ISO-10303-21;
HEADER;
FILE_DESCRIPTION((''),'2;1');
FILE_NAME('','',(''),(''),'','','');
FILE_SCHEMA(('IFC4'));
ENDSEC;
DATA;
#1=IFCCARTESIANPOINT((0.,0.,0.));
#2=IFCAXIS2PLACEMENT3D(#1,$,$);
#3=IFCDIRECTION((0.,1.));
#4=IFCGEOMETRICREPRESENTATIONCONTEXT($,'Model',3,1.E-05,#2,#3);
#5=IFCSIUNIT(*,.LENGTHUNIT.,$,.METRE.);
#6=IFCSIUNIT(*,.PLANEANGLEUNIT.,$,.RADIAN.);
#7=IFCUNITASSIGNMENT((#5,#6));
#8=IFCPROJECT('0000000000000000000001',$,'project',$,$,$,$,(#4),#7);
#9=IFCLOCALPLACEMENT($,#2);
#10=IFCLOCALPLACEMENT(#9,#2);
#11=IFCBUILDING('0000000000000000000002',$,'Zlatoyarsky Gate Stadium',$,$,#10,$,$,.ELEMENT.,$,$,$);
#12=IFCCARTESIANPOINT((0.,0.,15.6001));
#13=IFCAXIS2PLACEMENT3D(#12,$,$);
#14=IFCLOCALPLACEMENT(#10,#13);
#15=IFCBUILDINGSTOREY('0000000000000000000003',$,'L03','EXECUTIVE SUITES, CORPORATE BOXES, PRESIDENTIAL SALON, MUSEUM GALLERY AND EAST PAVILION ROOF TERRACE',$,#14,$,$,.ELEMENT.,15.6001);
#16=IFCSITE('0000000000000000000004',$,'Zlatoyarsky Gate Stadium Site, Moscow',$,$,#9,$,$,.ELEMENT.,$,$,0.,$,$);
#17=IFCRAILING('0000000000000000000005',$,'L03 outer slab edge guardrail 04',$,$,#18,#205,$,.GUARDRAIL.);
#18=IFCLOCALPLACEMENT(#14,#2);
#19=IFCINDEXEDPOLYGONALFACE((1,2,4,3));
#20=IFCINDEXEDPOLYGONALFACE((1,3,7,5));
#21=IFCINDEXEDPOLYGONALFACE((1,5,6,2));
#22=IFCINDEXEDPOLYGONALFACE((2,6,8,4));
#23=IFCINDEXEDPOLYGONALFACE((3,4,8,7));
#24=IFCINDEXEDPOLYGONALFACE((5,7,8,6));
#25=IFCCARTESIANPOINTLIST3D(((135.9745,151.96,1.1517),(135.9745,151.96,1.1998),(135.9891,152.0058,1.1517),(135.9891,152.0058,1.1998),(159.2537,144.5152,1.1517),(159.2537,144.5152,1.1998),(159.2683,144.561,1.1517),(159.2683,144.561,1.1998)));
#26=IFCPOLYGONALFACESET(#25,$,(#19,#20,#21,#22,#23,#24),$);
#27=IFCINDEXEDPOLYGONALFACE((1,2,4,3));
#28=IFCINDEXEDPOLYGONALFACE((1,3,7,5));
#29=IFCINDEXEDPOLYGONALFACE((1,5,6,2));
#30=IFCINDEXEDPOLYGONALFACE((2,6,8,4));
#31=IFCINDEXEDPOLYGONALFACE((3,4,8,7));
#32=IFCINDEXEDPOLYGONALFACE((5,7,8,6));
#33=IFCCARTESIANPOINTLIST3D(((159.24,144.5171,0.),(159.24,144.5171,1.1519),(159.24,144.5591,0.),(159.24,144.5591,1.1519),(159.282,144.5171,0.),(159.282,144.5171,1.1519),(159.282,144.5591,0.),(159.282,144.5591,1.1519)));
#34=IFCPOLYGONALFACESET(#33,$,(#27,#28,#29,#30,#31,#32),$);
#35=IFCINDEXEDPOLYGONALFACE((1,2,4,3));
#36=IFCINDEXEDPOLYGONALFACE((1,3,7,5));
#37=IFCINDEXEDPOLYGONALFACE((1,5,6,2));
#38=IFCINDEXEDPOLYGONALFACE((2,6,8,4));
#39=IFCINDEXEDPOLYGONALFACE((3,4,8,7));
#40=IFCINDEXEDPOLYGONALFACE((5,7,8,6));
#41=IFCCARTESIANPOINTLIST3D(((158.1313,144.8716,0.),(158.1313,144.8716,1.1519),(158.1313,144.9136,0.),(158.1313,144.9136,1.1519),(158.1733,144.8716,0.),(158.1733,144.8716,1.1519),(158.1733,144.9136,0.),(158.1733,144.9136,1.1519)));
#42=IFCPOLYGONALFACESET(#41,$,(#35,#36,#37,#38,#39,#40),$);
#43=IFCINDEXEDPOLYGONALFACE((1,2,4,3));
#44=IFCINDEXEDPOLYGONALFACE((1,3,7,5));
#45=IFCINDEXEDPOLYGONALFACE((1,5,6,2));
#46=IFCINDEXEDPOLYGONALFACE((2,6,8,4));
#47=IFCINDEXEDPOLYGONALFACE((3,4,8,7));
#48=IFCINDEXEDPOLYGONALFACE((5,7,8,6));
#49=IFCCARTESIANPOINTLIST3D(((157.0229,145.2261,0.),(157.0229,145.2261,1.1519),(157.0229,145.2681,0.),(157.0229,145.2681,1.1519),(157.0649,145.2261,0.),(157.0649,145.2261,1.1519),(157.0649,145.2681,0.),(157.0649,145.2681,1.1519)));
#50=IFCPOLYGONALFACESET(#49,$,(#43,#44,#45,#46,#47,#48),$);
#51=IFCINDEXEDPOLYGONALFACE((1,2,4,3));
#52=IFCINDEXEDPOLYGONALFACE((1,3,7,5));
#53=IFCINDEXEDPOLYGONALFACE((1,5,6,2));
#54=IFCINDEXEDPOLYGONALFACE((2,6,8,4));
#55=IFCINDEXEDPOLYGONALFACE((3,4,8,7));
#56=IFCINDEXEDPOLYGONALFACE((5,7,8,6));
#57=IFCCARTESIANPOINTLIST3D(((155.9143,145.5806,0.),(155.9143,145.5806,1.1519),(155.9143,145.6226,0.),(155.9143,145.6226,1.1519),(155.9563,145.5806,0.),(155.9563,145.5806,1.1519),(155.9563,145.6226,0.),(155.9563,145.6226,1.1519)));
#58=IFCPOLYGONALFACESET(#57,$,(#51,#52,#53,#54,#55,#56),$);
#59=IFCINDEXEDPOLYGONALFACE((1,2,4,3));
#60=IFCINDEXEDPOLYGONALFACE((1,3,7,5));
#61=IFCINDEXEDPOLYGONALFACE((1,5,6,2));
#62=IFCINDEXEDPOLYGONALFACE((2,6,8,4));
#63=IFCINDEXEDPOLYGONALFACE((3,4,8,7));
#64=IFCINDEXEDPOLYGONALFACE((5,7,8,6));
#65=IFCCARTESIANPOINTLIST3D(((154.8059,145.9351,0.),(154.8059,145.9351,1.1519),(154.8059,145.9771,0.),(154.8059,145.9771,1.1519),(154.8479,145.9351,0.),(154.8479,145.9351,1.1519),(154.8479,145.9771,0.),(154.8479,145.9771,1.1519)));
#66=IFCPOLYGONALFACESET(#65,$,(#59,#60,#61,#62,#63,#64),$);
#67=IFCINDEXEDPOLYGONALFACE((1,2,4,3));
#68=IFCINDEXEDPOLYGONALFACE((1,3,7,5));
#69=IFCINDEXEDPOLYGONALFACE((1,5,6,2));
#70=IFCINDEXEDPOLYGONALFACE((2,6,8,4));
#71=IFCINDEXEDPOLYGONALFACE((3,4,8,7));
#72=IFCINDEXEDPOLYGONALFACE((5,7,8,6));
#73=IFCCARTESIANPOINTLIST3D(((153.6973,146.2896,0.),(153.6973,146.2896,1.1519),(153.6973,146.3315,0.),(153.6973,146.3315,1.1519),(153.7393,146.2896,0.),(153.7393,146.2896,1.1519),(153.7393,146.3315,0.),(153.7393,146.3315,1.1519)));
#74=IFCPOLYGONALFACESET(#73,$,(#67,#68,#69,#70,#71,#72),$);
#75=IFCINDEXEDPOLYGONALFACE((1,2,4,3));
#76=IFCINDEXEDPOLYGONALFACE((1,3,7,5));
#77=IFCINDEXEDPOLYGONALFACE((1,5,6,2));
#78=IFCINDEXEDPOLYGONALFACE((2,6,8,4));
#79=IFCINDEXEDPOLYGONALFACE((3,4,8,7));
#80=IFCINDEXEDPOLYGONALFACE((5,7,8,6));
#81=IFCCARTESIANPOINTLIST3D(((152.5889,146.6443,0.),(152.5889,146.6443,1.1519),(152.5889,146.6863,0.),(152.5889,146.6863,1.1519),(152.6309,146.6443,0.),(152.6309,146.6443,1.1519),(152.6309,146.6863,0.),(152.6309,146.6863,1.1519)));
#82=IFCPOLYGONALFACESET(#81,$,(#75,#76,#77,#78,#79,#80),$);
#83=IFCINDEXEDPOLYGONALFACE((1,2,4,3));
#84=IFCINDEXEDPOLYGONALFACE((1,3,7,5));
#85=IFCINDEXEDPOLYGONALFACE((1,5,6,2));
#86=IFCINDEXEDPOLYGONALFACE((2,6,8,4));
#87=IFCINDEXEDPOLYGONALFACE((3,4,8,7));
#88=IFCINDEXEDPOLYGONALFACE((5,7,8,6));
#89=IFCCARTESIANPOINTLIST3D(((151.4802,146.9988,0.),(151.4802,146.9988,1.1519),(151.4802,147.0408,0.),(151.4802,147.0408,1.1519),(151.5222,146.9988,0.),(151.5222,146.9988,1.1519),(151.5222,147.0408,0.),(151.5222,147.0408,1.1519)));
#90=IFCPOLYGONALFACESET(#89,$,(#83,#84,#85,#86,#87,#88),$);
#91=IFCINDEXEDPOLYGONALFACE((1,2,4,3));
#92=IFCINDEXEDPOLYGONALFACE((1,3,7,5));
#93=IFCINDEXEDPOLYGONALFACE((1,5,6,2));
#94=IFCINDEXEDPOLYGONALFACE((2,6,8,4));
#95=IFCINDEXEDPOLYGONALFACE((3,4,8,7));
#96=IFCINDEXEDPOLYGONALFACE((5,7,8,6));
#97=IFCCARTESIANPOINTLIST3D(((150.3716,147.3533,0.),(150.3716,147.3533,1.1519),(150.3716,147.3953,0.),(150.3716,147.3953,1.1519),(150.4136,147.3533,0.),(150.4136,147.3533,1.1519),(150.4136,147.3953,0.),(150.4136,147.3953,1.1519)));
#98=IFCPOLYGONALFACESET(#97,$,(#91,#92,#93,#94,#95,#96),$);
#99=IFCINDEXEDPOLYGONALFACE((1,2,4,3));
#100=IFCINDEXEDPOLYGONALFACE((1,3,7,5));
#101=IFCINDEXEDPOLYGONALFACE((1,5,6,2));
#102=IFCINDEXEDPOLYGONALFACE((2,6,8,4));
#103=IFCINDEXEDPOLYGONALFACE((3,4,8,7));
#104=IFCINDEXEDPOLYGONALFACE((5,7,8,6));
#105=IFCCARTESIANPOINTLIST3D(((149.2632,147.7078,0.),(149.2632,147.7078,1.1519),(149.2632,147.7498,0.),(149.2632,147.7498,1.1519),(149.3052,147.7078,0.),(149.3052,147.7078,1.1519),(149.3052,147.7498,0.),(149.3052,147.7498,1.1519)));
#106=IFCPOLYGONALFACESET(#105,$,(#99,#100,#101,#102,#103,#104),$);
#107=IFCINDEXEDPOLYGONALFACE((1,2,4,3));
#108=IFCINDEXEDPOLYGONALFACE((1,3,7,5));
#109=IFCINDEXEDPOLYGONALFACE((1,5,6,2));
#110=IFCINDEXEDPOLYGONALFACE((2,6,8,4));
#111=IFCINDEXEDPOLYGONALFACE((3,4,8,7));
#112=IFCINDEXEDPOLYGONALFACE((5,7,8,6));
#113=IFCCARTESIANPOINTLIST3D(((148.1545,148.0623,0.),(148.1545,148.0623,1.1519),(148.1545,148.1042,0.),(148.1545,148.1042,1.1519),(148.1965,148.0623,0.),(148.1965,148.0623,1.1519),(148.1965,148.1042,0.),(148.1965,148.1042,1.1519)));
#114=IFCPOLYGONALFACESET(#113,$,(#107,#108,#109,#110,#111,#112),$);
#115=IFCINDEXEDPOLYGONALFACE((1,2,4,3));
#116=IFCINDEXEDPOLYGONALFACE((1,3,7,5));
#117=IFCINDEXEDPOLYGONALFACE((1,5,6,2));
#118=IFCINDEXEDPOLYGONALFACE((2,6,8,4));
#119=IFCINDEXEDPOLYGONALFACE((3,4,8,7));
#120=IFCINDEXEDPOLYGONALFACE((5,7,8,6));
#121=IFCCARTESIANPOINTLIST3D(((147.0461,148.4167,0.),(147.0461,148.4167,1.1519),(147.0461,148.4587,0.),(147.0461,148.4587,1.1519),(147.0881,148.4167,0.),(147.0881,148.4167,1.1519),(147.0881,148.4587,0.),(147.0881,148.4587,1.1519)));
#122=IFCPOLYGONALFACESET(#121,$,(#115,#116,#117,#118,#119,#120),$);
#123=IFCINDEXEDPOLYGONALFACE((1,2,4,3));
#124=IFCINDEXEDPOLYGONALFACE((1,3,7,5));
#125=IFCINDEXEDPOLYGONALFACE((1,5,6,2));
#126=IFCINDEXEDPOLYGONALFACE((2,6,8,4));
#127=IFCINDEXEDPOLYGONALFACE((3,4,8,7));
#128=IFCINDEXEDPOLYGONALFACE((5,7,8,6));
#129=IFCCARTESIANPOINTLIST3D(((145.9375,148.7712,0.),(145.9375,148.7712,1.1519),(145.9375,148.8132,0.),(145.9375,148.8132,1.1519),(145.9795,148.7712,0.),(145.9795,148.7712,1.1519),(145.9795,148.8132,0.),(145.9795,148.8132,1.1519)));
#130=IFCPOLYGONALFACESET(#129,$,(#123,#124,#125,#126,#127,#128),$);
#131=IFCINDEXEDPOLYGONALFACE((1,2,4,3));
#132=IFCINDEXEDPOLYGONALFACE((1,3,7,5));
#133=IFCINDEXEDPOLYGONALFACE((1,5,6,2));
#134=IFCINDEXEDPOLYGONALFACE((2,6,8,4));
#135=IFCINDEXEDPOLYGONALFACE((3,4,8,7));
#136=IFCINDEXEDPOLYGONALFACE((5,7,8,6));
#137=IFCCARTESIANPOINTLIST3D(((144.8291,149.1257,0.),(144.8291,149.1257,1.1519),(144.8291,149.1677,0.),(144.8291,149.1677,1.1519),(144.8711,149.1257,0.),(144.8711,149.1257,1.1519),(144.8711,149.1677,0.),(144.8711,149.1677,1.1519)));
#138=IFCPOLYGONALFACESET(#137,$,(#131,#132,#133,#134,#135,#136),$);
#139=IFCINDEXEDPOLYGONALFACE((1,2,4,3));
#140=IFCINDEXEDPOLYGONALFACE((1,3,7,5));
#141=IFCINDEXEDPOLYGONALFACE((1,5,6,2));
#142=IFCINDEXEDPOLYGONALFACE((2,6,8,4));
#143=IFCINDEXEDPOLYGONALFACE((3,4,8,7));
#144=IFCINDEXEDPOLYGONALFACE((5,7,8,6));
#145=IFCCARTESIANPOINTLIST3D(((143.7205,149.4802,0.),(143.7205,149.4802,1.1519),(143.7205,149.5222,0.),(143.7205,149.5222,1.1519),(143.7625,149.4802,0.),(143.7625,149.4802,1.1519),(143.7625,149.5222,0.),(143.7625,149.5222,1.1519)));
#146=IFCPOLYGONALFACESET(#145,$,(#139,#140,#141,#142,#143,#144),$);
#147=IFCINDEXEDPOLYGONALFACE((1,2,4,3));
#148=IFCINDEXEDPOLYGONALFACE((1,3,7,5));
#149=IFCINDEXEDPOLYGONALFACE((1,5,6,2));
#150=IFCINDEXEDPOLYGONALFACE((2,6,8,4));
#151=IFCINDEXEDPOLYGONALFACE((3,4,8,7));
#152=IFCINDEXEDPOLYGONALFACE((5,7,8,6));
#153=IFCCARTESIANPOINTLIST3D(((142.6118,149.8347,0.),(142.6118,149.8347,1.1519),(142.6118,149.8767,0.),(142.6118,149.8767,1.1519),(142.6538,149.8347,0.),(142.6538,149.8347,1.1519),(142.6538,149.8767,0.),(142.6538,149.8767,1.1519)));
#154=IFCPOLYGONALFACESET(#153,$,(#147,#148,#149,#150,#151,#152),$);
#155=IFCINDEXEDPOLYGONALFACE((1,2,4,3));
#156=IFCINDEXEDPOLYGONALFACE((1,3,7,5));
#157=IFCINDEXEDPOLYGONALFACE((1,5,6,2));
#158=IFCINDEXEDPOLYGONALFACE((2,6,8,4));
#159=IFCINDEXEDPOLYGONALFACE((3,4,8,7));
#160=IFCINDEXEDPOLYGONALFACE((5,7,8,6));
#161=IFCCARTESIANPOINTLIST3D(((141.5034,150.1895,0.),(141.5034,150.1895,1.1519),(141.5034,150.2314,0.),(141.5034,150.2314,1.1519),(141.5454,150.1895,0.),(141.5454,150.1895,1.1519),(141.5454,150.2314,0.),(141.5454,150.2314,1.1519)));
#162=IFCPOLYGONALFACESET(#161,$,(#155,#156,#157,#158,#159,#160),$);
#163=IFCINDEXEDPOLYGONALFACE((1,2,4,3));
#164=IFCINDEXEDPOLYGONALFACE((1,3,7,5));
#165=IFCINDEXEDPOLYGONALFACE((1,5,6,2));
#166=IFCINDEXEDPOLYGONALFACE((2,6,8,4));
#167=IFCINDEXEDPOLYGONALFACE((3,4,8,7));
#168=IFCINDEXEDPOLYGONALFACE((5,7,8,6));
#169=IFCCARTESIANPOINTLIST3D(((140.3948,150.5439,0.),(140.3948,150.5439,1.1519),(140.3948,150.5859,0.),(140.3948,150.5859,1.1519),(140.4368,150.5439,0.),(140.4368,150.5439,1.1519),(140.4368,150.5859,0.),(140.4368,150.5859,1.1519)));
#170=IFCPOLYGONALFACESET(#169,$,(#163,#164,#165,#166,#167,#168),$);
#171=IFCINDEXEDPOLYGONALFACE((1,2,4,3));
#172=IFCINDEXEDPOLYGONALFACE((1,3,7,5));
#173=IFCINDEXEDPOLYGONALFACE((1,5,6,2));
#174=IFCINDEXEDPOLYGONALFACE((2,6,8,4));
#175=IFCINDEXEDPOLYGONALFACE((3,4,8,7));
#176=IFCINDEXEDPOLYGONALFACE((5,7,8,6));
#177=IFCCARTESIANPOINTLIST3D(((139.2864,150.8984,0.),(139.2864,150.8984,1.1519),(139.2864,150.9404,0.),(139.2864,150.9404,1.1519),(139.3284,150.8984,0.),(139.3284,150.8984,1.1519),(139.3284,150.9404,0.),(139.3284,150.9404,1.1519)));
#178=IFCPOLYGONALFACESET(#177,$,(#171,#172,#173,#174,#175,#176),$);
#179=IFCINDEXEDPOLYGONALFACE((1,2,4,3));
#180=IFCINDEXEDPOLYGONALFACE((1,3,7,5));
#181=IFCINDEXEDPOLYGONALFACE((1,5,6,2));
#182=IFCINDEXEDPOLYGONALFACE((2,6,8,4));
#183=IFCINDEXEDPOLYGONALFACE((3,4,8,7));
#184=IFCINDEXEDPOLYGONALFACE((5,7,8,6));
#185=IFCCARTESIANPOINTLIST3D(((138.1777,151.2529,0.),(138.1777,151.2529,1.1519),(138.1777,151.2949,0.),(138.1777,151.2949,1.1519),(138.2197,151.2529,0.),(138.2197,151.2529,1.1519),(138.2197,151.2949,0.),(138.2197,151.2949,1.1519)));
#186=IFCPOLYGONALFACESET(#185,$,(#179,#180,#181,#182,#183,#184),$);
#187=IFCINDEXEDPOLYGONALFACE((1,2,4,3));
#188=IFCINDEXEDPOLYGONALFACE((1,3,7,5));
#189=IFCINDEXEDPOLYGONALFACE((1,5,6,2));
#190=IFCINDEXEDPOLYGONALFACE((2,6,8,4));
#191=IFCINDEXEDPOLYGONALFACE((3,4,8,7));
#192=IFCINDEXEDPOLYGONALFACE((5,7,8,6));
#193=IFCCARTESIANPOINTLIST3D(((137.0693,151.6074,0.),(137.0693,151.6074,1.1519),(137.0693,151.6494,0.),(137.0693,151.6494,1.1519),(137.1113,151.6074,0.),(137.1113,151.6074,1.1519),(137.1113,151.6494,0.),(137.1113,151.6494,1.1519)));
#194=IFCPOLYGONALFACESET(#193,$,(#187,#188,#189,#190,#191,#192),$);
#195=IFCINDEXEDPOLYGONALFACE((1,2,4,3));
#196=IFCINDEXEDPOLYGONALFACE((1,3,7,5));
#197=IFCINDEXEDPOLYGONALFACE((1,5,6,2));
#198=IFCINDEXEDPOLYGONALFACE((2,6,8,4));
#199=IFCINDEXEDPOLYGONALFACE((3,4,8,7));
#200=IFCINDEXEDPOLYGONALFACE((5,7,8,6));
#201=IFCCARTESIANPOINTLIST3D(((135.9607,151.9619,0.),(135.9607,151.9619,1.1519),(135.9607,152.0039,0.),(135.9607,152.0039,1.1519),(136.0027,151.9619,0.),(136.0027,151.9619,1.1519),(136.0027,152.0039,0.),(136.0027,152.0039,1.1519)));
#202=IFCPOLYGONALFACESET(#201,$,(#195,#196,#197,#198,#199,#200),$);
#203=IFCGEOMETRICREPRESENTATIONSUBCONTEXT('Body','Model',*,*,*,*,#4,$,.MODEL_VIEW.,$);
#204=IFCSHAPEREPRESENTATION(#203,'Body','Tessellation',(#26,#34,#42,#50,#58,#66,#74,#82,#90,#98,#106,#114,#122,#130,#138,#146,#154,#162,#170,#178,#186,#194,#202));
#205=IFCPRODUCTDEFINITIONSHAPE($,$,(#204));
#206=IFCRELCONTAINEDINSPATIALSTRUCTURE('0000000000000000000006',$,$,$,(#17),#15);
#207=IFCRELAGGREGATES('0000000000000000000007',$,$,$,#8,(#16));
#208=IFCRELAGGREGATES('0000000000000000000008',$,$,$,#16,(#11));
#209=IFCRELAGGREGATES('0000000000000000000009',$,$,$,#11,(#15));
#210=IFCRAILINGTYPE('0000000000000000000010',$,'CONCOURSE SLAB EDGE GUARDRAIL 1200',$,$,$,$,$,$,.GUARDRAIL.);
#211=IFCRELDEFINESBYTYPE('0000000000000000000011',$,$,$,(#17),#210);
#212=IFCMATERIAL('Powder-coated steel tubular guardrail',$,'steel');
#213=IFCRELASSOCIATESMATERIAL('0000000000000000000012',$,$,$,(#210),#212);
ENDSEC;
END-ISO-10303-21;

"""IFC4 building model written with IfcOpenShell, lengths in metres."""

from ifc_helpers import new_model, si_unit, direction, frame, origin, origin_2d, place, context, subcontext, project, spatial, rectangle, extrude, material, type_object, element, save


model = new_model("IFC4")

# Units and contexts
model_context = context("Model", 3, precision=1e-05, world=origin(), true_north=direction((0.0, 1.0)))
body_context = subcontext(model_context, "Body", "Model", "MODEL_VIEW")
ifc_project = project(units=[si_unit("LENGTHUNIT", "METRE"), si_unit("PLANEANGLEUNIT", "RADIAN")], contexts=[model_context])

# Site, building, storey
site_placement = place(None, origin())
site = spatial("IfcSite", under=ifc_project, at=site_placement, Name="Zlatoyarsky Gate Stadium Site, Moscow", CompositionType="ELEMENT", RefElevation=0.0)
building_placement = place(site_placement, origin())
building = spatial("IfcBuilding", under=site, at=building_placement, Name="Zlatoyarsky Gate Stadium", CompositionType="ELEMENT")
storey_placement = place(building_placement, frame((0.0, 0.0, 15.6001)))
storey = spatial("IfcBuildingStorey", under=building, at=storey_placement, Name="L03", Description="EXECUTIVE SUITES, CORPORATE BOXES, PRESIDENTIAL SALON, MUSEUM GALLERY AND EAST PAVILION ROOF TERRACE", CompositionType="ELEMENT", Elevation=15.6001)

# Railing
ifc_material_1 = material(Name="Powder-coated steel tubular guardrail", Category="steel")
railing_type_1 = type_object("IfcRailingType", Name="CONCOURSE SLAB EDGE GUARDRAIL 1200", PredefinedType="GUARDRAIL", material=ifc_material_1)
railing_1_placement = place(storey_placement, frame((159.261, 144.5381, 0.0)))
element("IfcRailing", 1, at=railing_1_placement, inside=storey, type_object=railing_type_1, Name="L03 outer slab edge guardrail 04", PredefinedType="GUARDRAIL", context=body_context, shape_type="SweptSolid", body=[
    extrude(rectangle(XDim=0.0481, YDim=0.0481, at=origin_2d()), frame((0.0, 0.0, 1.1758), z_axis=(-0.952478, 0.304607, 0.0), x_axis=(-0.304607, -0.952478, 0.0)), (0.0, 0.0, 1.0), 24.4407),
    extrude(rectangle(XDim=0.042, YDim=0.042, at=origin_2d()), origin(), (0.0, 0.0, 1.0), 1.1519),
    extrude(rectangle(XDim=0.042, YDim=0.042, at=origin_2d()), frame((-1.1086, 0.3545, 0.0)), (0.0, 0.0, 1.0), 1.1519),
    extrude(rectangle(XDim=0.042, YDim=0.042, at=origin_2d()), frame((-2.217, 0.709, 0.0)), (0.0, 0.0, 1.0), 1.1519),
    extrude(rectangle(XDim=0.042, YDim=0.042, at=origin_2d()), frame((-3.3257, 1.0635, 0.0)), (0.0, 0.0, 1.0), 1.1519),
    extrude(rectangle(XDim=0.042, YDim=0.042, at=origin_2d()), frame((-4.4341, 1.418, 0.0)), (0.0, 0.0, 1.0), 1.1519),
    extrude(rectangle(XDim=0.042, YDim=0.042, at=origin_2d()), frame((-5.5427, 1.7725, 0.0)), (0.0, 0.0, 1.0), 1.1519),
    extrude(rectangle(XDim=0.042, YDim=0.042, at=origin_2d()), frame((-6.6511, 2.1272, 0.0)), (0.0, 0.0, 1.0), 1.1519),
    extrude(rectangle(XDim=0.042, YDim=0.042, at=origin_2d()), frame((-7.7598, 2.4817, 0.0)), (0.0, 0.0, 1.0), 1.1519),
    extrude(rectangle(XDim=0.042, YDim=0.042, at=origin_2d()), frame((-8.8684, 2.8362, 0.0)), (0.0, 0.0, 1.0), 1.1519),
    extrude(rectangle(XDim=0.042, YDim=0.042, at=origin_2d()), frame((-9.9768, 3.1907, 0.0)), (0.0, 0.0, 1.0), 1.1519),
    extrude(rectangle(XDim=0.042, YDim=0.042, at=origin_2d()), frame((-11.0854, 3.5452, 0.0)), (0.0, 0.0, 1.0), 1.1519),
    extrude(rectangle(XDim=0.042, YDim=0.042, at=origin_2d()), frame((-12.1938, 3.8997, 0.0)), (0.0, 0.0, 1.0), 1.1519),
    extrude(rectangle(XDim=0.042, YDim=0.042, at=origin_2d()), frame((-13.3025, 4.2542, 0.0)), (0.0, 0.0, 1.0), 1.1519),
    extrude(rectangle(XDim=0.042, YDim=0.042, at=origin_2d()), frame((-14.4109, 4.6086, 0.0)), (0.0, 0.0, 1.0), 1.1519),
    extrude(rectangle(XDim=0.042, YDim=0.042, at=origin_2d()), frame((-15.5195, 4.9631, 0.0)), (0.0, 0.0, 1.0), 1.1519),
    extrude(rectangle(XDim=0.042, YDim=0.042, at=origin_2d()), frame((-16.6282, 5.3176, 0.0)), (0.0, 0.0, 1.0), 1.1519),
    extrude(rectangle(XDim=0.042, YDim=0.042, at=origin_2d()), frame((-17.7366, 5.6724, 0.0)), (0.0, 0.0, 1.0), 1.1519),
    extrude(rectangle(XDim=0.042, YDim=0.042, at=origin_2d()), frame((-18.8452, 6.0269, 0.0)), (0.0, 0.0, 1.0), 1.1519),
    extrude(rectangle(XDim=0.042, YDim=0.042, at=origin_2d()), frame((-19.9536, 6.3813, 0.0)), (0.0, 0.0, 1.0), 1.1519),
    extrude(rectangle(XDim=0.042, YDim=0.042, at=origin_2d()), frame((-21.0623, 6.7358, 0.0)), (0.0, 0.0, 1.0), 1.1519),
    extrude(rectangle(XDim=0.042, YDim=0.042, at=origin_2d()), frame((-22.1707, 7.0903, 0.0)), (0.0, 0.0, 1.0), 1.1519),
    extrude(rectangle(XDim=0.042, YDim=0.042, at=origin_2d()), frame((-23.2793, 7.4448, 0.0)), (0.0, 0.0, 1.0), 1.1519),
])

save(model, "model.ifc")
